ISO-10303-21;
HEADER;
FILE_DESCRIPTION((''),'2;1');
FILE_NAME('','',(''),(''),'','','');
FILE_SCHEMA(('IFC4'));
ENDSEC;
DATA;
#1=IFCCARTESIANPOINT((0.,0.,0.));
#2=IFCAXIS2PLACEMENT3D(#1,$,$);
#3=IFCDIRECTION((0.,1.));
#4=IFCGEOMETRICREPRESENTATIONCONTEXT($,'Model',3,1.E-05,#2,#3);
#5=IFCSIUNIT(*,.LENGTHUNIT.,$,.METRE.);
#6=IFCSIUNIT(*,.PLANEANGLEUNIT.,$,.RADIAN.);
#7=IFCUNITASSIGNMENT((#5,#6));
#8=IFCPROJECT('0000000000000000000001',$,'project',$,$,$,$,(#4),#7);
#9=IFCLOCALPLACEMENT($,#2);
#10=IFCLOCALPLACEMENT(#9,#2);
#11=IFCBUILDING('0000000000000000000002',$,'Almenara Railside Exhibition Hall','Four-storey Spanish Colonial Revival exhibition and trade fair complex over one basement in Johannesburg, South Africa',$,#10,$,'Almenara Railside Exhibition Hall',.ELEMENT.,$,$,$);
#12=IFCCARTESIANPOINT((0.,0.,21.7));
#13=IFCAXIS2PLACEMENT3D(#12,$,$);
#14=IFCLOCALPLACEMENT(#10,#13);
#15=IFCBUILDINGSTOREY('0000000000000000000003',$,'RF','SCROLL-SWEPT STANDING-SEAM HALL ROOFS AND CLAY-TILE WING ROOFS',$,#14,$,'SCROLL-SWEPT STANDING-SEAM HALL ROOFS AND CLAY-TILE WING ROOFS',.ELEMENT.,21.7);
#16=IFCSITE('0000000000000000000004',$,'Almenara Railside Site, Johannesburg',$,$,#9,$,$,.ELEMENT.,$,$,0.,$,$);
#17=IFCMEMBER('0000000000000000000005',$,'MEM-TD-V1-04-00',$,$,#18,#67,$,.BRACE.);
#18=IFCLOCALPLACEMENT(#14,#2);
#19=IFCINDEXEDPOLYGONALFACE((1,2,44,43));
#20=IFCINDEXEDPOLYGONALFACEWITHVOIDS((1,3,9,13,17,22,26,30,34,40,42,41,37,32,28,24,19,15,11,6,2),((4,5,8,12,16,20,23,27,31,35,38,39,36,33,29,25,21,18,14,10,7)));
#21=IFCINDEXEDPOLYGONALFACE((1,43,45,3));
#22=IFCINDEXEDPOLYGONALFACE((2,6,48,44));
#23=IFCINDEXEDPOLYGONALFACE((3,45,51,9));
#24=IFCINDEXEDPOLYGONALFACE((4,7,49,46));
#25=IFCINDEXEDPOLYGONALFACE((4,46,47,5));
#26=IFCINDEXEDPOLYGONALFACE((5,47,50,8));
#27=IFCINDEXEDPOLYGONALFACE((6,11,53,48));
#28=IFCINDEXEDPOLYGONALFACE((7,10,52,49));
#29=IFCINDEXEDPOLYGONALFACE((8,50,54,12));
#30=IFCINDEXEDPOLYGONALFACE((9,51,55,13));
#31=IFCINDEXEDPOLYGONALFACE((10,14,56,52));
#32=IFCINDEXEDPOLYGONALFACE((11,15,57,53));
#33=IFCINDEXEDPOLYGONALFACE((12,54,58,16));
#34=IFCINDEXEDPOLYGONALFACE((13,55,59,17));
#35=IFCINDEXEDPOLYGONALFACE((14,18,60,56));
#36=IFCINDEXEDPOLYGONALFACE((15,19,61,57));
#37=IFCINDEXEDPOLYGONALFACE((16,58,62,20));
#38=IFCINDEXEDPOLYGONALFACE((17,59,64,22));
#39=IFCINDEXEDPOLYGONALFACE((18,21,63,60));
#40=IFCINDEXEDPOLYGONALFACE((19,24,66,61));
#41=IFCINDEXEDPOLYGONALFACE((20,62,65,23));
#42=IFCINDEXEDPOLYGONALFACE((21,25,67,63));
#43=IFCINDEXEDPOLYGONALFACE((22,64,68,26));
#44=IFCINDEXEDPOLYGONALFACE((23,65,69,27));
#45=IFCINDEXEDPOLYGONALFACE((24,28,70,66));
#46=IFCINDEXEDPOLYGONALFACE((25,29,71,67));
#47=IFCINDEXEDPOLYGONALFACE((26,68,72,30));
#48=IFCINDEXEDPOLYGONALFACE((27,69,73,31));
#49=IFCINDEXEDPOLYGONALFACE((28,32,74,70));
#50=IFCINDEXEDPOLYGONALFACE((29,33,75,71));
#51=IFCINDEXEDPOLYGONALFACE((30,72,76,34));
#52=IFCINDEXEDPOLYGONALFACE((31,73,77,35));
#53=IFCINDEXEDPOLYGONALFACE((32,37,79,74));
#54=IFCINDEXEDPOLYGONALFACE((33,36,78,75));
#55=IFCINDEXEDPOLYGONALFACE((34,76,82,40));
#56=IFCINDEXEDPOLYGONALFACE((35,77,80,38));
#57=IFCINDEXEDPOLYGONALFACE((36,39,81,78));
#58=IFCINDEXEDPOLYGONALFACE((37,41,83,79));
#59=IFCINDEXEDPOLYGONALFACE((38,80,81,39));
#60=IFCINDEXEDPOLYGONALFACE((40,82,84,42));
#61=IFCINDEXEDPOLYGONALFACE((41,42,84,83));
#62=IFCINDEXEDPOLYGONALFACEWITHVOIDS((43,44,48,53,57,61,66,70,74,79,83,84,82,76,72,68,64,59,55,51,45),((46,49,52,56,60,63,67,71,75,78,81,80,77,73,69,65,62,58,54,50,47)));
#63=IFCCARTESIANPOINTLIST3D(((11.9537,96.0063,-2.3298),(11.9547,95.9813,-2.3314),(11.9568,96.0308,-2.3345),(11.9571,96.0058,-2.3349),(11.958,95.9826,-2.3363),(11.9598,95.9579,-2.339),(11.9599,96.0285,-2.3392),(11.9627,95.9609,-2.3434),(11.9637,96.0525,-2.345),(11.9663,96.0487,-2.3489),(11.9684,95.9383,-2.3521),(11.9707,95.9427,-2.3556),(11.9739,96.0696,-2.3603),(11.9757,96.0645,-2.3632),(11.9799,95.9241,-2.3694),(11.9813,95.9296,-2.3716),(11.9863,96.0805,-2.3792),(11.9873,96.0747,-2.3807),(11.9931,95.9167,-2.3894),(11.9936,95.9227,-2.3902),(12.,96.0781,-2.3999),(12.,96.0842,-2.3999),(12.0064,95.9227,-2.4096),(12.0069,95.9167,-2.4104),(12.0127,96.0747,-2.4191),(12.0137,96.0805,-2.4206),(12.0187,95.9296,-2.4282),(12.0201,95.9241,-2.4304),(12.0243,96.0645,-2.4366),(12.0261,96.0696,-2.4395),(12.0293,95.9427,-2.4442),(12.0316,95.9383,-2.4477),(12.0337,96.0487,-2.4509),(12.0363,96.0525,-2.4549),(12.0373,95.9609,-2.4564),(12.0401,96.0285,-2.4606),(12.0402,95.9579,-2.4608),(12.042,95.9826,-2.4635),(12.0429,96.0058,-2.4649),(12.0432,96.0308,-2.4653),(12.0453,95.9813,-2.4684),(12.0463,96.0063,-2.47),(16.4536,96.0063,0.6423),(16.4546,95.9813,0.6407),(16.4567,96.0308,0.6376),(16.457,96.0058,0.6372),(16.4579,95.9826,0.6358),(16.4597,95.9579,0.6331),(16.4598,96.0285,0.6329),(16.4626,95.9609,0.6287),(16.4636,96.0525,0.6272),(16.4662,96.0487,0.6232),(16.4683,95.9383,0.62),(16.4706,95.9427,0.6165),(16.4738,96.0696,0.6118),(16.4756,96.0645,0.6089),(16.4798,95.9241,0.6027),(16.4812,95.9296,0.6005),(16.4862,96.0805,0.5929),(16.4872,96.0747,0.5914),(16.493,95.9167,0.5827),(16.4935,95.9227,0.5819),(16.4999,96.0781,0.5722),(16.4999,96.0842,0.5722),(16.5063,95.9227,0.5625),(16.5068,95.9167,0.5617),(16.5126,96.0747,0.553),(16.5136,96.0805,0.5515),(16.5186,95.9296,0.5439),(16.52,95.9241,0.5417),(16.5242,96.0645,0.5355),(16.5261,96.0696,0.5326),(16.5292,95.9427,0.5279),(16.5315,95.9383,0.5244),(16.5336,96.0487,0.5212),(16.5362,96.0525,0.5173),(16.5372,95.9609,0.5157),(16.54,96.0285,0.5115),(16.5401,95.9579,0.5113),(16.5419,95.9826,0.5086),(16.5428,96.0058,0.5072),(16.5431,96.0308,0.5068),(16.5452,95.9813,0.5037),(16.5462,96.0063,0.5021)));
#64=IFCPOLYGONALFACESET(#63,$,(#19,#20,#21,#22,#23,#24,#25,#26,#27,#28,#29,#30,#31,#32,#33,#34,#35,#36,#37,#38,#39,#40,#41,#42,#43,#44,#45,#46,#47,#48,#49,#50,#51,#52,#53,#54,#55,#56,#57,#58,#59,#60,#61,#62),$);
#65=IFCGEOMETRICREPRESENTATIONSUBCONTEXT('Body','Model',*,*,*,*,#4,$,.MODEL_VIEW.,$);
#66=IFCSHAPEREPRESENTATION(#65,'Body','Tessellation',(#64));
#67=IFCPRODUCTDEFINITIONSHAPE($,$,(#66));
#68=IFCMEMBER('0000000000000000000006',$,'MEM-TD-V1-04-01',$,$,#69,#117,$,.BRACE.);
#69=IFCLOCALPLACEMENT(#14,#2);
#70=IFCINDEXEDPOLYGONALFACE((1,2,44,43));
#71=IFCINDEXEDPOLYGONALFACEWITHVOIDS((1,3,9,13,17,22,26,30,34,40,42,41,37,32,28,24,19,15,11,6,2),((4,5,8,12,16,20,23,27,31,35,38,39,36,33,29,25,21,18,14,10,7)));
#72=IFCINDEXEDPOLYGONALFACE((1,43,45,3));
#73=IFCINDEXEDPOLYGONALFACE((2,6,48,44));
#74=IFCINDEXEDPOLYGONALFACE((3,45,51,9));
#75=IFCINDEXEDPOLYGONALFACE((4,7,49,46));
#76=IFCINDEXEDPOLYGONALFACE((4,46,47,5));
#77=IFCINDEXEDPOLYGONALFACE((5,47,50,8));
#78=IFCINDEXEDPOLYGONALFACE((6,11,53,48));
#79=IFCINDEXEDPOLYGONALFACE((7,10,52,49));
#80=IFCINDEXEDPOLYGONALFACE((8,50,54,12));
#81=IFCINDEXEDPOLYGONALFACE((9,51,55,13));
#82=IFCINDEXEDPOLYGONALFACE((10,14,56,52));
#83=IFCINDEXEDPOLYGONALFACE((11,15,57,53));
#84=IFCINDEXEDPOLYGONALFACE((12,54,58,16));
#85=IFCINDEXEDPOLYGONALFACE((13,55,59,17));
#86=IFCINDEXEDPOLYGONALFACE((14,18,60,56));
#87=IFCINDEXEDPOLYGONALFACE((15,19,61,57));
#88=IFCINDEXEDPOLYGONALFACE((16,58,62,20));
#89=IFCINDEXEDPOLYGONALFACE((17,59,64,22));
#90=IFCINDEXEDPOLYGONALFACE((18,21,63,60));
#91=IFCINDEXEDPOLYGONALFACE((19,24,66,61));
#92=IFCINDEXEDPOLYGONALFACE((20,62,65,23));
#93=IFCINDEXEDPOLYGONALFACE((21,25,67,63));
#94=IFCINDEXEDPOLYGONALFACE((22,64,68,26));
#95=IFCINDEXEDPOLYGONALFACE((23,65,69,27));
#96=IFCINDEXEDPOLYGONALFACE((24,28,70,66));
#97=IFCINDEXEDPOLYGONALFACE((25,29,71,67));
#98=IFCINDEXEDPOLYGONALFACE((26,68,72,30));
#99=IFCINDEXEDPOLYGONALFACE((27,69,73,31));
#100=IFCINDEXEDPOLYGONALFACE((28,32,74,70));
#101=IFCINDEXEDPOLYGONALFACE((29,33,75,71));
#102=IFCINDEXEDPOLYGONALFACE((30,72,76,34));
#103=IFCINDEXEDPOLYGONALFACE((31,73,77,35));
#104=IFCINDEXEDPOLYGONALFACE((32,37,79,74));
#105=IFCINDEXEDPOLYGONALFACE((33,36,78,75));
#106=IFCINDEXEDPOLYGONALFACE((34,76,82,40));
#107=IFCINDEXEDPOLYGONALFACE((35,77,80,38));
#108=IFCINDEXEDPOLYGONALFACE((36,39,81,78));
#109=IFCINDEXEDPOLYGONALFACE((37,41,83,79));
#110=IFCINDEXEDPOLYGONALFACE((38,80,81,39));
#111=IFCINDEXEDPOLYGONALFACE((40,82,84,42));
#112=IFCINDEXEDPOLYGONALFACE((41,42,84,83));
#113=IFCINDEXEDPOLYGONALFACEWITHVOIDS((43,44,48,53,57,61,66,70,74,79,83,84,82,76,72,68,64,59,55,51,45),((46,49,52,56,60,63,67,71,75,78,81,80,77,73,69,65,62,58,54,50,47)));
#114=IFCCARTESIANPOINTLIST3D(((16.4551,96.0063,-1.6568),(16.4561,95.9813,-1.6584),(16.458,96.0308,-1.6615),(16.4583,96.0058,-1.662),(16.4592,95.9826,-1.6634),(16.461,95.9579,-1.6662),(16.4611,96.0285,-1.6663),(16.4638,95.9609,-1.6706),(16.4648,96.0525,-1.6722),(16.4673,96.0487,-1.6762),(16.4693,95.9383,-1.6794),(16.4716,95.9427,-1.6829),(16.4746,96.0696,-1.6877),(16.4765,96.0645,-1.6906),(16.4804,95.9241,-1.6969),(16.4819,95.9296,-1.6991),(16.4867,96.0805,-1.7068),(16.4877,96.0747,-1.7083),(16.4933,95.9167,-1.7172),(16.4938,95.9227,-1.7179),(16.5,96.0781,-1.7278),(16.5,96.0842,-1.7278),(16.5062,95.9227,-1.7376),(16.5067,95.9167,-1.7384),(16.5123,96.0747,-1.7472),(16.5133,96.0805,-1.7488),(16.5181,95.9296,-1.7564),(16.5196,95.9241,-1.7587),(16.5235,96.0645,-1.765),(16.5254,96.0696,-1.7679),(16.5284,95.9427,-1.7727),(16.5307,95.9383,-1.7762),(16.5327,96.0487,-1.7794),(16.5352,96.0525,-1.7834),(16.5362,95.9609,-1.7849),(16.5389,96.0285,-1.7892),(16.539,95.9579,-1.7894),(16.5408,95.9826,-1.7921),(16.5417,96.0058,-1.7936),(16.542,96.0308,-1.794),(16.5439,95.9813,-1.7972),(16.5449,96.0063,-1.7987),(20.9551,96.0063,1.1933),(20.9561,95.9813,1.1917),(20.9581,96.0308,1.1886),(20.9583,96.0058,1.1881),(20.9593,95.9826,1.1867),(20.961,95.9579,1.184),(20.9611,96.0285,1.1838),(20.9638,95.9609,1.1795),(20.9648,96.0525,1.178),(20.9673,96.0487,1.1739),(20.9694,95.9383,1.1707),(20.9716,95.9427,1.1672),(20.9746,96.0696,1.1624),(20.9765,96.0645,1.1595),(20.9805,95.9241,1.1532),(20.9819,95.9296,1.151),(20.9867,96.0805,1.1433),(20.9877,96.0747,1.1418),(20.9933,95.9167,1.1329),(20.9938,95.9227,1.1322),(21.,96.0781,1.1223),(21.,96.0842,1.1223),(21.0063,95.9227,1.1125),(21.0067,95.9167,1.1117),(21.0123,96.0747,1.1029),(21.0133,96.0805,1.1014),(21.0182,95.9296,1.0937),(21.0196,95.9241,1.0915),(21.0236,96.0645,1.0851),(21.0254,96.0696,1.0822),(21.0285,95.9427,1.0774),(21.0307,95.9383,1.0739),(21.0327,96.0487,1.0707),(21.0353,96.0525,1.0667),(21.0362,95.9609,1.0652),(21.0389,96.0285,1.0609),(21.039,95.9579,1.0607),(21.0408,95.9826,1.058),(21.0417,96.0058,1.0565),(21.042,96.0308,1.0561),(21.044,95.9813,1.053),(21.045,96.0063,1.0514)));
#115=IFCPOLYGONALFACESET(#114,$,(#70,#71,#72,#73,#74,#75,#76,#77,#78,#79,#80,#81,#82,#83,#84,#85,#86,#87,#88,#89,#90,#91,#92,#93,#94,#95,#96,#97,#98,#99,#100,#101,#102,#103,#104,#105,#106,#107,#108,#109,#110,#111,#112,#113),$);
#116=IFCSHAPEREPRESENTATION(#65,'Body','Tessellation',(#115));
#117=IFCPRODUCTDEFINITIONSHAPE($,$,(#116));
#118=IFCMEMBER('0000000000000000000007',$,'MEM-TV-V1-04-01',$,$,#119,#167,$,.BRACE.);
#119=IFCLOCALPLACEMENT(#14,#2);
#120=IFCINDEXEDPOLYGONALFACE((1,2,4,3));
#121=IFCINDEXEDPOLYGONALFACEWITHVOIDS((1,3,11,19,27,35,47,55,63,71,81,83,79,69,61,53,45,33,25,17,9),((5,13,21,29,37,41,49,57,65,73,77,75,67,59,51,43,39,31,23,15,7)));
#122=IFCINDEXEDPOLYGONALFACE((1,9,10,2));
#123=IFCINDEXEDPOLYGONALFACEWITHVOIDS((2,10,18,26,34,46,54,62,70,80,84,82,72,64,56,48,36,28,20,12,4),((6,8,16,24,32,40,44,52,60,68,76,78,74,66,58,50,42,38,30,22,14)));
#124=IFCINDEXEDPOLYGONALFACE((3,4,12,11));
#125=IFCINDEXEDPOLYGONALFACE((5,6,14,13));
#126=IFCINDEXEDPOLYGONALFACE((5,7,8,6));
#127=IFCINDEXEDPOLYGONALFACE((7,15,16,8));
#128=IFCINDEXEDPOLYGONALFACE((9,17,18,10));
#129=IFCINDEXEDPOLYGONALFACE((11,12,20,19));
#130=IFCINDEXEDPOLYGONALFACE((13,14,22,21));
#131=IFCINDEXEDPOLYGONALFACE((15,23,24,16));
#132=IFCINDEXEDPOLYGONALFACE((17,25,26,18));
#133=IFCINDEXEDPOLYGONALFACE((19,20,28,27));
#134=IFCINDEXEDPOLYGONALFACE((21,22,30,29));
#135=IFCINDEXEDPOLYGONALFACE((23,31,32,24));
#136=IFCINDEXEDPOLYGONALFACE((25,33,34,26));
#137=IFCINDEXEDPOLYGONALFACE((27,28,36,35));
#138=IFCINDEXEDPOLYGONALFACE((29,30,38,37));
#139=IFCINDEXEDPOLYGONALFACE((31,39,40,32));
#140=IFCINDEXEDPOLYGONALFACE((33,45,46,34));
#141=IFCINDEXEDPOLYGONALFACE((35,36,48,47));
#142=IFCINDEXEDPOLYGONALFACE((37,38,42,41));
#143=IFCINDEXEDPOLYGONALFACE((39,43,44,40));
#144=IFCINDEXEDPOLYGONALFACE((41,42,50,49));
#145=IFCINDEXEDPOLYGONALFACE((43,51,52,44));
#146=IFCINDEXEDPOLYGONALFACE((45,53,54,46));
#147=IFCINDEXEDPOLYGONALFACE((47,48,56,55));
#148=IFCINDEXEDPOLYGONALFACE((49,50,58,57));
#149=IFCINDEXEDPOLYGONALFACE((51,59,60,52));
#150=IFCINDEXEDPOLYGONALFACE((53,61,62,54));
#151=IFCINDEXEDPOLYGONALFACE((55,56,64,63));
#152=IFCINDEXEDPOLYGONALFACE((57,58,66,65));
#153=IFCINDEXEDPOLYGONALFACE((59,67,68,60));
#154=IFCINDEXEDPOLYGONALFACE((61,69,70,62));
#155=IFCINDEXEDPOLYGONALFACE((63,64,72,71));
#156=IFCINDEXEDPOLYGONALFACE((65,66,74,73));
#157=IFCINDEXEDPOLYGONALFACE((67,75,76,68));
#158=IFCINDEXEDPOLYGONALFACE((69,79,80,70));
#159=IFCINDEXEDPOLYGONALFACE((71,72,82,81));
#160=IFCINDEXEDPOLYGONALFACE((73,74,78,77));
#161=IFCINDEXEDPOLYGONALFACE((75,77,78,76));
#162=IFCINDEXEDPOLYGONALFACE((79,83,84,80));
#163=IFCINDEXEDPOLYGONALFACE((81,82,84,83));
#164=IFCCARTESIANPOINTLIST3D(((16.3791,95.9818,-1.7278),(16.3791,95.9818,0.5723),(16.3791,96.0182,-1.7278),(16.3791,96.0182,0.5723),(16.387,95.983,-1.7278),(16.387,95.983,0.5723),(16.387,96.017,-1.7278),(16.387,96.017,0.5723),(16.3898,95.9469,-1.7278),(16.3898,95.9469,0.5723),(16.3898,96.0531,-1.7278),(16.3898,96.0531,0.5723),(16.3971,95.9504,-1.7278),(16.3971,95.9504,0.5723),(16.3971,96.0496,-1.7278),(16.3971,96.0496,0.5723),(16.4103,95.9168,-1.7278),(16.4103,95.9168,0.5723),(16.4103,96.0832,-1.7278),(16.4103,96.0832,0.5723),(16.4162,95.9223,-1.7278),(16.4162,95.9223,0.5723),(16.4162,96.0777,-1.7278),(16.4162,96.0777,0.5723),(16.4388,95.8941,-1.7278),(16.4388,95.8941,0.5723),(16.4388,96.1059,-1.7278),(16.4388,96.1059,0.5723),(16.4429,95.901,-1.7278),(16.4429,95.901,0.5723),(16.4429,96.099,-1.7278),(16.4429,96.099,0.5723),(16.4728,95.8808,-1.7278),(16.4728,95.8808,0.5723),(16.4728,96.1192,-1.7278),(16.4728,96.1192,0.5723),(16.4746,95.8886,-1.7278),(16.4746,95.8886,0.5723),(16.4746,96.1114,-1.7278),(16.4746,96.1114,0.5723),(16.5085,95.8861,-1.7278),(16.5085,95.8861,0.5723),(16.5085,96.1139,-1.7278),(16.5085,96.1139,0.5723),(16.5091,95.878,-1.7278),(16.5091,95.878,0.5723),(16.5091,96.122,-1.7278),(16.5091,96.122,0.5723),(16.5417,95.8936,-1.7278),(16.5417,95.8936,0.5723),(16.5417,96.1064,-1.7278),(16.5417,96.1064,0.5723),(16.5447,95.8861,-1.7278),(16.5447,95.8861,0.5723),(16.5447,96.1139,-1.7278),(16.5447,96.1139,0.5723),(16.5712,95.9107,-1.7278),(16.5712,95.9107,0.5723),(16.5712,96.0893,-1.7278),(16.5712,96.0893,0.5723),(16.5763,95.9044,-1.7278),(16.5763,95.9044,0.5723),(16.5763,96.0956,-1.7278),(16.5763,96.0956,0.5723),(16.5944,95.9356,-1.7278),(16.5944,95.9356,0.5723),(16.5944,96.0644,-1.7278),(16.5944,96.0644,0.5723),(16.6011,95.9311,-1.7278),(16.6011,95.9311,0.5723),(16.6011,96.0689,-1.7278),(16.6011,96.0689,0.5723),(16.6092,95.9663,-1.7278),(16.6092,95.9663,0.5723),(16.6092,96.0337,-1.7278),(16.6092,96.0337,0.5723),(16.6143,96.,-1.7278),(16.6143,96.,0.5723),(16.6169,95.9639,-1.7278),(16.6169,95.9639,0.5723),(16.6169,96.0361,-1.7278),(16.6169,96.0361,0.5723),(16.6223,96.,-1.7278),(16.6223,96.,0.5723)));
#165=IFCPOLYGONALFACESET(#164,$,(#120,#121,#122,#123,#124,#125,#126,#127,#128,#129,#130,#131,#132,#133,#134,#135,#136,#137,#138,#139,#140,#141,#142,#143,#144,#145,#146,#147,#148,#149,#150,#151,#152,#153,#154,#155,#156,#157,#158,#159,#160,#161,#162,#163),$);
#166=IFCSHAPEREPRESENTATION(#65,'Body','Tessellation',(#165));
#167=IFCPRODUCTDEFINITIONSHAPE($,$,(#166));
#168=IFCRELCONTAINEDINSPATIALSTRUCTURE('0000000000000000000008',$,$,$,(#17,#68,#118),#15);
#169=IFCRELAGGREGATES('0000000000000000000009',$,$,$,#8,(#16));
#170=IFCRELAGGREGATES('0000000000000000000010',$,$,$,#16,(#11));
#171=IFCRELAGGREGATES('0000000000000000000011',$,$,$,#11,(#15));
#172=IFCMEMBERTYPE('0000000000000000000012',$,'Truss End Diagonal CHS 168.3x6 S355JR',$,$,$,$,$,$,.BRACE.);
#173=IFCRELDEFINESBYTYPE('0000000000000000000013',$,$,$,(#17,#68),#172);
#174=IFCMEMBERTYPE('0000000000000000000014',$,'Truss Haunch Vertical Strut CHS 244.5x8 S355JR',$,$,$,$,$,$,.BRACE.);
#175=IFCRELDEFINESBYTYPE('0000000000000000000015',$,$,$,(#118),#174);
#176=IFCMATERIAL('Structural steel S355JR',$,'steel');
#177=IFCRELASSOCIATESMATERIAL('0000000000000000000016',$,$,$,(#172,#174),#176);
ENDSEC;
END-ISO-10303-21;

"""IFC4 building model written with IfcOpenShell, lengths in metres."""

from ifc_helpers import new_model, si_unit, direction, frame, origin, origin_2d, place, context, subcontext, project, spatial, hollow_circle, extrude, material, material_profile, profile_set, type_object, element, save


model = new_model("IFC4")

# Units and contexts
model_context = context("Model", 3, precision=1e-05, world=origin(), true_north=direction((0.0, 1.0)))
body_context = subcontext(model_context, "Body", "Model", "MODEL_VIEW")
ifc_project = project(units=[si_unit("LENGTHUNIT", "METRE"), si_unit("PLANEANGLEUNIT", "RADIAN")], contexts=[model_context])

# Site, building, storey
site_placement = place(None, origin())
site = spatial("IfcSite", under=ifc_project, at=site_placement, Name="Almenara Railside Site, Johannesburg", CompositionType="ELEMENT", RefElevation=0.0)
building_placement = place(site_placement, origin())
building = spatial("IfcBuilding", under=site, at=building_placement, Name="Almenara Railside Exhibition Hall", Description="Four-storey Spanish Colonial Revival exhibition and trade fair complex over one basement in Johannesburg, South Africa", LongName="Almenara Railside Exhibition Hall", CompositionType="ELEMENT")
storey_placement = place(building_placement, frame((0.0, 0.0, 21.7)))
storey = spatial("IfcBuildingStorey", under=building, at=storey_placement, Name="RF", Description="SCROLL-SWEPT STANDING-SEAM HALL ROOFS AND CLAY-TILE WING ROOFS", LongName="SCROLL-SWEPT STANDING-SEAM HALL ROOFS AND CLAY-TILE WING ROOFS", CompositionType="ELEMENT", Elevation=21.7)

# Shared definitions
ifc_material_1 = material(Name="Structural steel S355JR", Category="steel")

# Members
ifc_material_profile_1 = material_profile(ifc_material_1, hollow_circle(Radius=0.0842, WallThickness=0.0061, at=origin_2d()), Name="CHS 168.3x6")
ifc_profile_set_1 = profile_set([ifc_material_profile_1], Name="Structural steel S355JR")
member_type_1 = type_object("IfcMemberType", Name="Truss End Diagonal CHS 168.3x6 S355JR", PredefinedType="BRACE", material=ifc_profile_set_1)
member_1_placement = place(storey_placement, frame((12.0, 96.0, -2.3999), z_axis=(0.834425, 0.0, 0.551122), x_axis=(0.0, 1.0, 0.0)))
element("IfcMember", 1, at=member_1_placement, inside=storey, type_object=member_type_1, Name="MEM-TD-V1-04-00", PredefinedType="BRACE", context=body_context, shape_type="SweptSolid", body=[
    extrude(hollow_circle(Radius=0.0842, WallThickness=0.0061, at=origin_2d()), origin(), (0.0, 0.0, 1.0), 5.3928),
])
member_2_placement = place(storey_placement, frame((16.5, 96.0, -1.7278), z_axis=(0.844811, 0.0, 0.535065), x_axis=(0.0, 1.0, 0.0)))
element("IfcMember", 2, at=member_2_placement, inside=storey, type_object=member_type_1, Name="MEM-TD-V1-04-01", PredefinedType="BRACE", context=body_context, shape_type="SweptSolid", body=[
    extrude(hollow_circle(Radius=0.0842, WallThickness=0.0061, at=origin_2d()), origin(), (0.0, 0.0, 1.0), 5.3267),
])
ifc_material_profile_2 = material_profile(ifc_material_1, hollow_circle(Radius=0.1223, WallThickness=0.0081, at=origin_2d()), Name="CHS 244.5x8")
ifc_profile_set_2 = profile_set([ifc_material_profile_2], Name="Structural steel S355JR")
member_type_2 = type_object("IfcMemberType", Name="Truss Haunch Vertical Strut CHS 244.5x8 S355JR", PredefinedType="BRACE", material=ifc_profile_set_2)
member_3_placement = place(storey_placement, frame((16.5, 96.0, -1.7278), z_axis=(0.0, 0.0, 1.0), x_axis=(1.0, 0.0, 0.0)))
element("IfcMember", 3, at=member_3_placement, inside=storey, type_object=member_type_2, Name="MEM-TV-V1-04-01", PredefinedType="BRACE", context=body_context, shape_type="SweptSolid", body=[
    extrude(hollow_circle(Radius=0.1223, WallThickness=0.0081, at=origin_2d()), origin(), (0.0, 0.0, 1.0), 2.3),
])

save(model, "model.ifc")
